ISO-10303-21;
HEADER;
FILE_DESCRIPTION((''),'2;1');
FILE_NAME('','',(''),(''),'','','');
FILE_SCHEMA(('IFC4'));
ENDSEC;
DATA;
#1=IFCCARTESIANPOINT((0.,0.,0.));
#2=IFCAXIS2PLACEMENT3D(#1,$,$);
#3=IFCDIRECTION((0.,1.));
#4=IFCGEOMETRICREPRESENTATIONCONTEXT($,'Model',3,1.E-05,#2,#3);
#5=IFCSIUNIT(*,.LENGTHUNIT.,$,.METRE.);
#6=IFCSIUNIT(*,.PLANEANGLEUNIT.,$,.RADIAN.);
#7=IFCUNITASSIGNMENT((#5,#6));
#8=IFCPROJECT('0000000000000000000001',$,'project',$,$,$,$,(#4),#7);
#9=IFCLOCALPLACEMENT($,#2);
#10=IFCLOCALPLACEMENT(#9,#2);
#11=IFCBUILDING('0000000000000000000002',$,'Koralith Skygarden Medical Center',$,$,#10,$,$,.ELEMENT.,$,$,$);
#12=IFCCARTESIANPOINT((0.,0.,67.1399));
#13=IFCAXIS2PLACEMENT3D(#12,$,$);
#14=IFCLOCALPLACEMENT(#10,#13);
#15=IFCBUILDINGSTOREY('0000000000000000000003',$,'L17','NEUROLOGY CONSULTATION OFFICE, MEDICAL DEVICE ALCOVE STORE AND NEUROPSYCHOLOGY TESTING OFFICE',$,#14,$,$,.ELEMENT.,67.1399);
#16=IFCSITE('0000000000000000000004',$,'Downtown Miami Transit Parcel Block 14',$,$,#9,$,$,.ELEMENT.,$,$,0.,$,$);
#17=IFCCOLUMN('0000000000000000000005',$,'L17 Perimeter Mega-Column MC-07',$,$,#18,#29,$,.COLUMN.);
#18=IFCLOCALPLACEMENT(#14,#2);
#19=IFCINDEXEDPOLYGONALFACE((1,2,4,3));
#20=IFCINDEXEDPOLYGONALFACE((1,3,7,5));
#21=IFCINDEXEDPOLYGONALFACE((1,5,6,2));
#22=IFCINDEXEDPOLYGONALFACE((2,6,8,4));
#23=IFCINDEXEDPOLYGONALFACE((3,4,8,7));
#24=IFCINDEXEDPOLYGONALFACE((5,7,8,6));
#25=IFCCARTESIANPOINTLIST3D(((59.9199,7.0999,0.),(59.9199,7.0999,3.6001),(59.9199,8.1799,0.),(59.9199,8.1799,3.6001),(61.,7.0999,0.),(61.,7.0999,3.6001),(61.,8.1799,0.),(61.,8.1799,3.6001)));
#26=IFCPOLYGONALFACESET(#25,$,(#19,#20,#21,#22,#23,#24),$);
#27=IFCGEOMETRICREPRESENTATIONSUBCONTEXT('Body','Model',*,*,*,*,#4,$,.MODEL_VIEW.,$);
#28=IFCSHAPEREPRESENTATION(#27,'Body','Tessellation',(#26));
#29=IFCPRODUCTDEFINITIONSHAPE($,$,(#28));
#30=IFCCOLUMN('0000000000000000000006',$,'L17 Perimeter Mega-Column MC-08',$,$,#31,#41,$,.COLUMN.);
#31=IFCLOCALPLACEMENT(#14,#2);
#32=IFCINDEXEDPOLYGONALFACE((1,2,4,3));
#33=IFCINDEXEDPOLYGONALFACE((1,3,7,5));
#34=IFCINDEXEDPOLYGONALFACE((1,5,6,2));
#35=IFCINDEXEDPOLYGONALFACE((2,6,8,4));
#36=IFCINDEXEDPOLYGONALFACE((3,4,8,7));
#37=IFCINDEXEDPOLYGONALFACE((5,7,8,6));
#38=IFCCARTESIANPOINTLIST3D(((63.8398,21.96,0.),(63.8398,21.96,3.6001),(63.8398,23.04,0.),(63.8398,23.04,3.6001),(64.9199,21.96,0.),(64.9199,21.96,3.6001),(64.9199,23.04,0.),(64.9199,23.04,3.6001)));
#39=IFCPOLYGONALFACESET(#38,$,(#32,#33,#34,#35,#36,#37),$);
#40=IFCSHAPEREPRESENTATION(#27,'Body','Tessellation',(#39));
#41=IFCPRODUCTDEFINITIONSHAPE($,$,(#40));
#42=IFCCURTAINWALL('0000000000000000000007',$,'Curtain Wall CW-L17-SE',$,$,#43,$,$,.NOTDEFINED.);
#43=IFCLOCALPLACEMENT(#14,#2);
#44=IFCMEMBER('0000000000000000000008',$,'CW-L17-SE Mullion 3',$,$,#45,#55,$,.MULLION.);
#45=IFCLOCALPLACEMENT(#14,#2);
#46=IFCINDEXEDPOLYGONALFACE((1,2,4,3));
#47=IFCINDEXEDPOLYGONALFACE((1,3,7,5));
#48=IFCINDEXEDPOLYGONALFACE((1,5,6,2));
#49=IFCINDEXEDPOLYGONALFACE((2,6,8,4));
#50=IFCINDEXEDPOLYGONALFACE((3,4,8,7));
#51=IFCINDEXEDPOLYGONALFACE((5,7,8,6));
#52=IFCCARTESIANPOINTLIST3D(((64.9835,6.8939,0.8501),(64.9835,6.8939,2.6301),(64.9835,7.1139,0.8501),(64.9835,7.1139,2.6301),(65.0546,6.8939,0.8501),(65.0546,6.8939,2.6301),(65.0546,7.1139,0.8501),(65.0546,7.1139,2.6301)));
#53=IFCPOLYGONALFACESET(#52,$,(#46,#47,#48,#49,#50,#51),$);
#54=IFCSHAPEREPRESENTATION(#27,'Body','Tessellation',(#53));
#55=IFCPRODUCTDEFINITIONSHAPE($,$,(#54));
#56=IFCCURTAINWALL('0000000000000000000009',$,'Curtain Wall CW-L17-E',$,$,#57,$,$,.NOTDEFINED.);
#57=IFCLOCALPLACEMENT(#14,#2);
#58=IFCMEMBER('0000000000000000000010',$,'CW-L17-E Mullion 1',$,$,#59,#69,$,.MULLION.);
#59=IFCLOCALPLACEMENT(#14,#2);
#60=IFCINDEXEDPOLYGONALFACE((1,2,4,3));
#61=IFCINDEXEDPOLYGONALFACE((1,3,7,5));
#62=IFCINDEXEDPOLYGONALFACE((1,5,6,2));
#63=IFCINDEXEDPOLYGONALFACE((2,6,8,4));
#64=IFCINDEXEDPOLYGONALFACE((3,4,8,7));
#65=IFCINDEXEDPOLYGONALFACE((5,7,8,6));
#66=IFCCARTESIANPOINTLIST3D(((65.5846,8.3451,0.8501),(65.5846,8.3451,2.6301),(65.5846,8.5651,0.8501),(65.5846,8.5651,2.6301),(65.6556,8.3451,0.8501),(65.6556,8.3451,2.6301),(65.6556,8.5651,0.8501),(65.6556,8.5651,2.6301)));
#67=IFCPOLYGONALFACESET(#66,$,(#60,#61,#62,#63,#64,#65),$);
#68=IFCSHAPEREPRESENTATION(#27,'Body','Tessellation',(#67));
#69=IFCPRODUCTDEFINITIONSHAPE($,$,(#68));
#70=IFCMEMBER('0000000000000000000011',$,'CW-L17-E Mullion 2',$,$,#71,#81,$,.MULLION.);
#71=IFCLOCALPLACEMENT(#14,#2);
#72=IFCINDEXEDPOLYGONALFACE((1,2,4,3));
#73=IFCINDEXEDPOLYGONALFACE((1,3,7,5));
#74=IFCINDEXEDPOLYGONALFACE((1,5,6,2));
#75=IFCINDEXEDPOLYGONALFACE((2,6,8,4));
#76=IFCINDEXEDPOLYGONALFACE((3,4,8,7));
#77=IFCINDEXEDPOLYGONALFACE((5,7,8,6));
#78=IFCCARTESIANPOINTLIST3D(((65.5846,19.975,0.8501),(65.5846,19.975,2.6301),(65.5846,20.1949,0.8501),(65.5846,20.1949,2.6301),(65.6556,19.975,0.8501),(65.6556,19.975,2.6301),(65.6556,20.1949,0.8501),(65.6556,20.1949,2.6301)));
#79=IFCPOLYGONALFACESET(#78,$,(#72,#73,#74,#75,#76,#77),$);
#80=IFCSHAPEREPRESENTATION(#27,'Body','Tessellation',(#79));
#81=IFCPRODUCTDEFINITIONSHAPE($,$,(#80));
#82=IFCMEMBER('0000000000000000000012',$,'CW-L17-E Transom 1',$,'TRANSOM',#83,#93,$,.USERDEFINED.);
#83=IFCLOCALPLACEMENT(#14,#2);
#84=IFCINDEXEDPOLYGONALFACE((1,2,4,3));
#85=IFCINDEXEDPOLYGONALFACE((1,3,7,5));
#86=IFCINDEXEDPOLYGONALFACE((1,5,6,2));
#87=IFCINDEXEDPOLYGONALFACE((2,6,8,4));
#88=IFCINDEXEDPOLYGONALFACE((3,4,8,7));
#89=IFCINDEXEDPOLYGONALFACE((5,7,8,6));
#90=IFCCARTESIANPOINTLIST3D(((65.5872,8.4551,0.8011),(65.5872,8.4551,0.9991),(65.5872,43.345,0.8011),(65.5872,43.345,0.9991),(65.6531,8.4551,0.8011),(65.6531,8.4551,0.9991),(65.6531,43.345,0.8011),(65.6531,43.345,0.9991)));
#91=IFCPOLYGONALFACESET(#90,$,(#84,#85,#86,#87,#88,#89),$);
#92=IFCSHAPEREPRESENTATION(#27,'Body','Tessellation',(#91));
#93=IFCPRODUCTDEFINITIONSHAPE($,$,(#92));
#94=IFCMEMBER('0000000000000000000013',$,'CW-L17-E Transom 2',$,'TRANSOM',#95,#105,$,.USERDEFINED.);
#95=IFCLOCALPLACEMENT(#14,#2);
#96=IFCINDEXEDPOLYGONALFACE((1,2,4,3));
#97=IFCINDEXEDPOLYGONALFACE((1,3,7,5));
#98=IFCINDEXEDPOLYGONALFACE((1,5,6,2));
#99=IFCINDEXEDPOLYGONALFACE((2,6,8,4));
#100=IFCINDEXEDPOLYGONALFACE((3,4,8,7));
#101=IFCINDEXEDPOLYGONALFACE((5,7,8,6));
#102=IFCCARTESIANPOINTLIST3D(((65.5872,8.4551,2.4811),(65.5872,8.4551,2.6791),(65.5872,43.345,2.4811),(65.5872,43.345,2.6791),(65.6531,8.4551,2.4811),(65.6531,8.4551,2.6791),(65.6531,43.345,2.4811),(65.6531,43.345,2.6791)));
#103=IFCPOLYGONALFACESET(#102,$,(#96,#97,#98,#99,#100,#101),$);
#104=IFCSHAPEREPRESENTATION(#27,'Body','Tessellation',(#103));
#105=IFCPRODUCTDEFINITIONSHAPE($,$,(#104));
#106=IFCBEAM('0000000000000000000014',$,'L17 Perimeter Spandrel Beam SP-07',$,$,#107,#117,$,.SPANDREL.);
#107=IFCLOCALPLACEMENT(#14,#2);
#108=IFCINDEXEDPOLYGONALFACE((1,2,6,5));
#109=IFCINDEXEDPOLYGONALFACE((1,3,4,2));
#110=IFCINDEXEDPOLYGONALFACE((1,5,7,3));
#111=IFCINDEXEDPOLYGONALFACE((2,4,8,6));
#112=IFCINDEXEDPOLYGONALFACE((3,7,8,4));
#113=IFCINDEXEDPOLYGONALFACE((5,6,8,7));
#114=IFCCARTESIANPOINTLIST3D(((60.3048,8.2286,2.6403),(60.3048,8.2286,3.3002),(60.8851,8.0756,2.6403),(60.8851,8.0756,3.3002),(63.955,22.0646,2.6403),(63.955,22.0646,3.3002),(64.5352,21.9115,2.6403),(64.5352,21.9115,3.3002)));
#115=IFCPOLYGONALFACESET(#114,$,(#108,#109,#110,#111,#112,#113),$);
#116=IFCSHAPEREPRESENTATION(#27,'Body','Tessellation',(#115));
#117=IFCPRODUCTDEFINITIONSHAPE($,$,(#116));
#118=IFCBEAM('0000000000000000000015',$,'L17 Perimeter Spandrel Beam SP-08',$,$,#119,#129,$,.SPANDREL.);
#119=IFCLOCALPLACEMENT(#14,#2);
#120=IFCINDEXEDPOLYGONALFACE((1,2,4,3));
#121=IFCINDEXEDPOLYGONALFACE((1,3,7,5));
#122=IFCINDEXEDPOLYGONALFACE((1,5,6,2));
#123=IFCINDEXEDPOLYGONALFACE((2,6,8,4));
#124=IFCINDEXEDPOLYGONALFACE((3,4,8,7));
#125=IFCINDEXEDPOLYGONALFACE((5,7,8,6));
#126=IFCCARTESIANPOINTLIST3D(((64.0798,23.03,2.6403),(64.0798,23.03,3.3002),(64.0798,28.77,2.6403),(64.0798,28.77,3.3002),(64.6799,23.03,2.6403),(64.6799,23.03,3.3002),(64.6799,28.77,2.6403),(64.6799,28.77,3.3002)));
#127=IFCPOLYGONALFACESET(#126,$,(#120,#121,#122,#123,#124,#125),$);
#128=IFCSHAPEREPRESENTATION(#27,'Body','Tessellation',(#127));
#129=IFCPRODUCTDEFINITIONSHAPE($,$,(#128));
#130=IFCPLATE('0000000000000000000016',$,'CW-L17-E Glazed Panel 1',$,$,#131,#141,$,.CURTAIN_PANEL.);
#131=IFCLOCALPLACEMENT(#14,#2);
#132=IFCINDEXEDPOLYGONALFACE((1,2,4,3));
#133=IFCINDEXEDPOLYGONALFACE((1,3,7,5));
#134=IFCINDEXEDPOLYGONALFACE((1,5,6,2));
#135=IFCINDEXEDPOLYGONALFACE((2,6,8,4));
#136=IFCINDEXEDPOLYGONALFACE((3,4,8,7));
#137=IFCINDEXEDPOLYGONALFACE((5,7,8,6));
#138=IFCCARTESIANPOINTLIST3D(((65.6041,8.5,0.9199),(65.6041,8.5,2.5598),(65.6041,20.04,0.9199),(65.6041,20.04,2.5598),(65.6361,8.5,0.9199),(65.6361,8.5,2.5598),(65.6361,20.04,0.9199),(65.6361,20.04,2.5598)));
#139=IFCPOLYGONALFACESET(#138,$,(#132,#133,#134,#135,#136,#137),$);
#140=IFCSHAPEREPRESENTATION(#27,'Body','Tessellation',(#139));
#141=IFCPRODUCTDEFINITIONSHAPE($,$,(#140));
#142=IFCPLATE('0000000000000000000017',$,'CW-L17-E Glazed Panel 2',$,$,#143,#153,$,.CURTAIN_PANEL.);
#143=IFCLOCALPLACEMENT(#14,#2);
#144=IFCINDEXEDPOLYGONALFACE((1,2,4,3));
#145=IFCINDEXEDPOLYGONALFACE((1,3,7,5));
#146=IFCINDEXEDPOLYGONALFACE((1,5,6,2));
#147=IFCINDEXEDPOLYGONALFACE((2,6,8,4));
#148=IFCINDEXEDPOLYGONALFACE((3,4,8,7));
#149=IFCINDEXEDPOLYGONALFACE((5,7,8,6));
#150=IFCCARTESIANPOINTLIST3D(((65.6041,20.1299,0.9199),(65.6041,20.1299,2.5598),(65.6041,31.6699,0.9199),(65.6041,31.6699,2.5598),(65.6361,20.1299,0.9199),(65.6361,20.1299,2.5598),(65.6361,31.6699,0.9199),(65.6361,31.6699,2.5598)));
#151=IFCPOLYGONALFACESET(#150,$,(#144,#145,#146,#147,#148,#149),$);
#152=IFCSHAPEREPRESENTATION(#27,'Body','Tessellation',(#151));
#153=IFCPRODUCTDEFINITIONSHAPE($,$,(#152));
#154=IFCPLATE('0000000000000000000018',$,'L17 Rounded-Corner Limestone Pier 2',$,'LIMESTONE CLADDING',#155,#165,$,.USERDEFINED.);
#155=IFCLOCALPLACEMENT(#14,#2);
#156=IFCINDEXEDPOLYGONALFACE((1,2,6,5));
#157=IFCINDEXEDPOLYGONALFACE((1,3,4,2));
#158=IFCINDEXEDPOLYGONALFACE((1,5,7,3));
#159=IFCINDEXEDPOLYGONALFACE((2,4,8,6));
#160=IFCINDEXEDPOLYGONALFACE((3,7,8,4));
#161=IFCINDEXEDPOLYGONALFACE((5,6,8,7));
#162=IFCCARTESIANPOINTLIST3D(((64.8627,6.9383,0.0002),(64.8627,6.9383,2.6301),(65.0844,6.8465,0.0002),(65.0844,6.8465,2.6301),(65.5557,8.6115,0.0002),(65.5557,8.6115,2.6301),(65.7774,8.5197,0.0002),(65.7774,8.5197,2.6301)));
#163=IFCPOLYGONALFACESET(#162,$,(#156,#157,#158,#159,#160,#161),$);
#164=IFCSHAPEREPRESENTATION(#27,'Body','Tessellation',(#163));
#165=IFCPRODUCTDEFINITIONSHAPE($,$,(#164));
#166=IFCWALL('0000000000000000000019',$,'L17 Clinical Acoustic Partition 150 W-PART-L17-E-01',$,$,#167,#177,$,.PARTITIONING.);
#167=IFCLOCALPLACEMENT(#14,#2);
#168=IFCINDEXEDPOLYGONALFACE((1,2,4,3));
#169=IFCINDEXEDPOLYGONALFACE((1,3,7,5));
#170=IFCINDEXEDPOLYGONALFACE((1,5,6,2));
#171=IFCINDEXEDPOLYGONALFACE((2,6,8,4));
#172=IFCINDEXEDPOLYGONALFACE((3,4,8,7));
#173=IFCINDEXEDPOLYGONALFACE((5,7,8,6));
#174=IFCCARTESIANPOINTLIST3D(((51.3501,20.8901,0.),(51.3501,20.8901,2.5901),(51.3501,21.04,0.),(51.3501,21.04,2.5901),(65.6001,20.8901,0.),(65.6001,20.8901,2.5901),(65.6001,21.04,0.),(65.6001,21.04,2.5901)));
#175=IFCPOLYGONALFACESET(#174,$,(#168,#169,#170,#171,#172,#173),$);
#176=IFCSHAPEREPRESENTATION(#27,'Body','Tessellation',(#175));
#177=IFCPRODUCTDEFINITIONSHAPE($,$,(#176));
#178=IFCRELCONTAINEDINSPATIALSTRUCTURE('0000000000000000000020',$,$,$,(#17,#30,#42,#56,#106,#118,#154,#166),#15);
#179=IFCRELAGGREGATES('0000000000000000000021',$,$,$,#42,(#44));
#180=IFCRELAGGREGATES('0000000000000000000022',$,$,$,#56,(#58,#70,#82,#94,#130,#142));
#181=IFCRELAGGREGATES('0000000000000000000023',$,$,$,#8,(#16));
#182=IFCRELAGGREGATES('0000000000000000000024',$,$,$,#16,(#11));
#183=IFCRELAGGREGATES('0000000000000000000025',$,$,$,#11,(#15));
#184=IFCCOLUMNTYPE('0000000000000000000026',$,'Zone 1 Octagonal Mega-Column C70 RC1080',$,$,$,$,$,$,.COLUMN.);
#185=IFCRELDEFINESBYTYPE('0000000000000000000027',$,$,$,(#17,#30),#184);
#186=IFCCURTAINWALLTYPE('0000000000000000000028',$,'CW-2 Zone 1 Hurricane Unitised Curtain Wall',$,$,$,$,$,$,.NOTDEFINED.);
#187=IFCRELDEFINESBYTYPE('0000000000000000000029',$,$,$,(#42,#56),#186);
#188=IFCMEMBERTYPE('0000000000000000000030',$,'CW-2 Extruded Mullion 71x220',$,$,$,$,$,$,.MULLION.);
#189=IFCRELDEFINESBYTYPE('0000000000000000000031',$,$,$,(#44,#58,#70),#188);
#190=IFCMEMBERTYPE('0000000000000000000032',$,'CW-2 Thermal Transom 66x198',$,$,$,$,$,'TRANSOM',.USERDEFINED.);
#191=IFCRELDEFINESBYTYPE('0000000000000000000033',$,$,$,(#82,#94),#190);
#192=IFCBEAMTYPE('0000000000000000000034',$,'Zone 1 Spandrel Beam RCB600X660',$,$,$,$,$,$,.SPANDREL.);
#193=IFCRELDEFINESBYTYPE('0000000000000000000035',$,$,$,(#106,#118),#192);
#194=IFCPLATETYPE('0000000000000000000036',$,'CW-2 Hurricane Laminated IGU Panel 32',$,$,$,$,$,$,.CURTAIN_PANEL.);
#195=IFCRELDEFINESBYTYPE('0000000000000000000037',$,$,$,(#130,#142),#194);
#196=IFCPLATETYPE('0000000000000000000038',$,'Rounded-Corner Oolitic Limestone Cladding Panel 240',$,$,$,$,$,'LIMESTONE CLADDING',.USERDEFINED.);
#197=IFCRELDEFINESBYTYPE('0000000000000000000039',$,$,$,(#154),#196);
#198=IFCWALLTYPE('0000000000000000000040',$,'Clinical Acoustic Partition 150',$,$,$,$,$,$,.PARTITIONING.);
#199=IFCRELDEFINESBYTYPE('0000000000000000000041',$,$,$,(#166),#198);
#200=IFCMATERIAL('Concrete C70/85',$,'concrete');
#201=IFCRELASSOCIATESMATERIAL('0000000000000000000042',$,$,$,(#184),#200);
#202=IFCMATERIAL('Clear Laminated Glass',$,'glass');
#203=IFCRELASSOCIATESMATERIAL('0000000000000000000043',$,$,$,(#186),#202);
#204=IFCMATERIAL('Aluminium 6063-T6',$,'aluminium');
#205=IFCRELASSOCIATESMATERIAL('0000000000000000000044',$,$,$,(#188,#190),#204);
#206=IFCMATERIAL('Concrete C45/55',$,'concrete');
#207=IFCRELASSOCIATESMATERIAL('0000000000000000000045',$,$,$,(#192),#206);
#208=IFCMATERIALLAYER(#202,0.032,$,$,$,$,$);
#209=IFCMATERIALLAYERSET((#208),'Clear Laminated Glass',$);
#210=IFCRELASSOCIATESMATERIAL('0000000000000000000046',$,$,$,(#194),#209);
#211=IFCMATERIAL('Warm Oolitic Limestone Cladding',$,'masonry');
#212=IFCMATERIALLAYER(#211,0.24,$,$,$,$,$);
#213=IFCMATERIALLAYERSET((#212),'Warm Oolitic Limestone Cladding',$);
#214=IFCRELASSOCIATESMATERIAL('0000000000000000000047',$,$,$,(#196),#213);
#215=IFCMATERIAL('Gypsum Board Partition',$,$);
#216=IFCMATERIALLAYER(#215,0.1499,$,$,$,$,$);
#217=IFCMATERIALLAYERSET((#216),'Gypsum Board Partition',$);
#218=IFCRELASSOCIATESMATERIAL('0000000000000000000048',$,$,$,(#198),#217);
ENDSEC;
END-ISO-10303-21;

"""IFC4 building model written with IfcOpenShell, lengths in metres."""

from ifc_helpers import new_model, si_unit, direction, frame, frame_2d, origin, origin_2d, place, context, subcontext, project, spatial, rectangle, extrude, material, layer, layer_set, material_profile, profile_set, type_object, element, aggregate, save


model = new_model("IFC4")

# Units and contexts
model_context = context("Model", 3, precision=1e-05, world=origin(), true_north=direction((0.0, 1.0)))
body_context = subcontext(model_context, "Body", "Model", "MODEL_VIEW")
ifc_project = project(units=[si_unit("LENGTHUNIT", "METRE"), si_unit("PLANEANGLEUNIT", "RADIAN")], contexts=[model_context])

# Site, building, storey
site_placement = place(None, origin())
site = spatial("IfcSite", under=ifc_project, at=site_placement, Name="Downtown Miami Transit Parcel Block 14", CompositionType="ELEMENT", RefElevation=0.0)
building_placement = place(site_placement, origin())
building = spatial("IfcBuilding", under=site, at=building_placement, Name="Koralith Skygarden Medical Center", CompositionType="ELEMENT")
storey_placement = place(building_placement, frame((0.0, 0.0, 67.1399)))
storey = spatial("IfcBuildingStorey", under=building, at=storey_placement, Name="L17", Description="NEUROLOGY CONSULTATION OFFICE, MEDICAL DEVICE ALCOVE STORE AND NEUROPSYCHOLOGY TESTING OFFICE", CompositionType="ELEMENT", Elevation=67.1399)

# Columns
ifc_material_1 = material(Name="Concrete C70/85", Category="concrete")
ifc_material_profile_1 = material_profile(ifc_material_1, rectangle(XDim=1.0801, YDim=1.0801, at=origin_2d()), Name="RC1080X1080")
ifc_profile_set_1 = profile_set([ifc_material_profile_1], Name="Concrete C70/85")
column_type = type_object("IfcColumnType", Name="Zone 1 Octagonal Mega-Column C70 RC1080", PredefinedType="COLUMN", material=ifc_profile_set_1)
for number, where, z_axis, x_axis, name in (
    (1, (60.46, 7.6399, 0.0), (0.0, 0.0, 1.0), (1.0, 0.0, 0.0), "L17 Perimeter Mega-Column MC-07"),
    (2, (64.3799, 22.5, 0.0), (0.0, 0.0, 1.0), (1.0, 0.0, 0.0), "L17 Perimeter Mega-Column MC-08"),
):
    element("IfcColumn", number, at=place(storey_placement, frame(where, z_axis=z_axis, x_axis=x_axis)), inside=storey, type_object=column_type, Name=name, PredefinedType="COLUMN", context=body_context, shape_type="SweptSolid", body=[
        extrude(rectangle(XDim=1.0801, YDim=1.0801, at=origin_2d()), origin(), (0.0, 0.0, 1.0), 3.6001),
    ])

# Curtain wall, member
ifc_material_2 = material(Name="Clear Laminated Glass", Category="glass")
curtain_wall_type = type_object("IfcCurtainWallType", Name="CW-2 Zone 1 Hurricane Unitised Curtain Wall", PredefinedType="NOTDEFINED", material=ifc_material_2)
curtain_wall_1_placement = place(storey_placement, origin())
curtain_wall_1 = element("IfcCurtainWall", 3, at=curtain_wall_1_placement, inside=storey, type_object=curtain_wall_type, Name="Curtain Wall CW-L17-SE", PredefinedType="NOTDEFINED")
ifc_material_3 = material(Name="Aluminium 6063-T6", Category="aluminium")
ifc_material_profile_2 = material_profile(ifc_material_3, rectangle(XDim=0.071, YDim=0.22, at=origin_2d()), Name="MUL71X220")
ifc_profile_set_2 = profile_set([ifc_material_profile_2], Name="Aluminium 6063-T6")
member_type_1 = type_object("IfcMemberType", Name="CW-2 Extruded Mullion 71x220", PredefinedType="MULLION", material=ifc_profile_set_2)
member_1_placement = place(storey_placement, frame((65.019, 7.0039, 0.8501), z_axis=(0.0, 0.0, 1.0), x_axis=(1.0, 0.0, 0.0)))
member_1 = element("IfcMember", 4, at=member_1_placement, type_object=member_type_1, Name="CW-L17-SE Mullion 3", PredefinedType="MULLION", context=body_context, shape_type="SweptSolid", body=[
    extrude(rectangle(XDim=0.071, YDim=0.22, at=origin_2d()), origin(), (0.0, 0.0, 1.0), 1.78),
])
aggregate(curtain_wall_1, [member_1])

# Curtain wall, members
curtain_wall_2_placement = place(storey_placement, origin())
curtain_wall_2 = element("IfcCurtainWall", 5, at=curtain_wall_2_placement, inside=storey, type_object=curtain_wall_type, Name="Curtain Wall CW-L17-E", PredefinedType="NOTDEFINED")
member_2_placement = place(storey_placement, frame((65.6201, 8.4551, 0.8501), z_axis=(0.0, 0.0, 1.0), x_axis=(1.0, 0.0, 0.0)))
member_2 = element("IfcMember", 6, at=member_2_placement, type_object=member_type_1, Name="CW-L17-E Mullion 1", PredefinedType="MULLION", context=body_context, shape_type="SweptSolid", body=[
    extrude(rectangle(XDim=0.071, YDim=0.22, at=origin_2d()), origin(), (0.0, 0.0, 1.0), 1.78),
])
member_3_placement = place(storey_placement, frame((65.6201, 20.085, 0.8501), z_axis=(0.0, 0.0, 1.0), x_axis=(1.0, 0.0, 0.0)))
member_3 = element("IfcMember", 7, at=member_3_placement, type_object=member_type_1, Name="CW-L17-E Mullion 2", PredefinedType="MULLION", context=body_context, shape_type="SweptSolid", body=[
    extrude(rectangle(XDim=0.071, YDim=0.22, at=origin_2d()), origin(), (0.0, 0.0, 1.0), 1.78),
])
ifc_material_profile_3 = material_profile(ifc_material_3, rectangle(XDim=0.0659, YDim=0.198, at=origin_2d()), Name="TRN66X198")
ifc_profile_set_3 = profile_set([ifc_material_profile_3], Name="Aluminium 6063-T6")
member_type_2 = type_object("IfcMemberType", Name="CW-2 Thermal Transom 66x198", ElementType="TRANSOM", PredefinedType="USERDEFINED", material=ifc_profile_set_3)
member_4_placement = place(storey_placement, frame((65.6201, 8.4551, 0.9001), z_axis=(0.0, 1.0, 0.0), x_axis=(-1.0, 0.0, 0.0)))
member_4 = element("IfcMember", 8, at=member_4_placement, type_object=member_type_2, Name="CW-L17-E Transom 1", ObjectType="TRANSOM", PredefinedType="USERDEFINED", context=body_context, shape_type="SweptSolid", body=[
    extrude(rectangle(XDim=0.0659, YDim=0.198, at=origin_2d()), origin(), (0.0, 0.0, 1.0), 34.8899),
])
member_5_placement = place(storey_placement, frame((65.6201, 8.4551, 2.5801), z_axis=(0.0, 1.0, 0.0), x_axis=(-1.0, 0.0, 0.0)))
member_5 = element("IfcMember", 9, at=member_5_placement, type_object=member_type_2, Name="CW-L17-E Transom 2", ObjectType="TRANSOM", PredefinedType="USERDEFINED", context=body_context, shape_type="SweptSolid", body=[
    extrude(rectangle(XDim=0.0659, YDim=0.198, at=origin_2d()), origin(), (0.0, 0.0, 1.0), 34.8899),
])

# Beams
ifc_material_4 = material(Name="Concrete C45/55", Category="concrete")
ifc_material_profile_4 = material_profile(ifc_material_4, rectangle(XDim=0.6001, YDim=0.6599, at=origin_2d()), Name="RCB600X660")
ifc_profile_set_4 = profile_set([ifc_material_profile_4], Name="Concrete C45/55")
beam_type = type_object("IfcBeamType", Name="Zone 1 Spandrel Beam RCB600X660", PredefinedType="SPANDREL", material=ifc_profile_set_4)
beam_1_placement = place(storey_placement, frame((60.595, 8.1521, 2.9702), z_axis=(0.255089, 0.966918, 0.0), x_axis=(-0.966918, 0.255089, 0.0)))
element("IfcBeam", 10, at=beam_1_placement, inside=storey, type_object=beam_type, Name="L17 Perimeter Spandrel Beam SP-07", PredefinedType="SPANDREL", context=body_context, shape_type="SweptSolid", body=[
    extrude(rectangle(XDim=0.6001, YDim=0.6599, at=origin_2d()), origin(), (0.0, 0.0, 1.0), 14.3093),
])
beam_2_placement = place(storey_placement, frame((64.3799, 23.03, 2.9702), z_axis=(0.0, 1.0, 0.0), x_axis=(-1.0, 0.0, 0.0)))
element("IfcBeam", 11, at=beam_2_placement, inside=storey, type_object=beam_type, Name="L17 Perimeter Spandrel Beam SP-08", PredefinedType="SPANDREL", context=body_context, shape_type="SweptSolid", body=[
    extrude(rectangle(XDim=0.6001, YDim=0.6599, at=origin_2d()), origin(), (0.0, 0.0, 1.0), 5.74),
])

# Plates
ifc_layer_1 = layer(ifc_material_2, 0.032)
ifc_layer_set_1 = layer_set([ifc_layer_1], Name="Clear Laminated Glass")
plate_type_1 = type_object("IfcPlateType", Name="CW-2 Hurricane Laminated IGU Panel 32", PredefinedType="CURTAIN_PANEL", material=ifc_layer_set_1)
plate_1_placement = place(storey_placement, frame((65.6201, 14.27, 0.9199), z_axis=(0.0, 0.0, 1.0), x_axis=(0.0, 1.0, 0.0)))
plate_1 = element("IfcPlate", 12, at=plate_1_placement, type_object=plate_type_1, Name="CW-L17-E Glazed Panel 1", PredefinedType="CURTAIN_PANEL", context=body_context, shape_type="SweptSolid", body=[
    extrude(rectangle(XDim=11.54, YDim=0.032, at=origin_2d()), origin(), (0.0, 0.0, 1.0), 1.6399),
])
plate_2_placement = place(storey_placement, frame((65.6201, 25.8999, 0.9199), z_axis=(0.0, 0.0, 1.0), x_axis=(0.0, 1.0, 0.0)))
plate_2 = element("IfcPlate", 13, at=plate_2_placement, type_object=plate_type_1, Name="CW-L17-E Glazed Panel 2", PredefinedType="CURTAIN_PANEL", context=body_context, shape_type="SweptSolid", body=[
    extrude(rectangle(XDim=11.54, YDim=0.032, at=origin_2d()), origin(), (0.0, 0.0, 1.0), 1.6399),
])
aggregate(curtain_wall_2, [member_2, member_3, member_4, member_5, plate_1, plate_2])
ifc_material_5 = material(Name="Warm Oolitic Limestone Cladding", Category="masonry")
ifc_layer_2 = layer(ifc_material_5, 0.24)
ifc_layer_set_2 = layer_set([ifc_layer_2], Name="Warm Oolitic Limestone Cladding")
plate_type_2 = type_object("IfcPlateType", Name="Rounded-Corner Oolitic Limestone Cladding Panel 240", ElementType="LIMESTONE CLADDING", PredefinedType="USERDEFINED", material=ifc_layer_set_2)
plate_3_placement = place(storey_placement, frame((65.3201, 7.729, 0.0002), z_axis=(0.0, 0.0, 1.0), x_axis=(0.382671, 0.923885, 0.0)))
element("IfcPlate", 14, at=plate_3_placement, inside=storey, type_object=plate_type_2, Name="L17 Rounded-Corner Limestone Pier 2", ObjectType="LIMESTONE CLADDING", PredefinedType="USERDEFINED", context=body_context, shape_type="SweptSolid", body=[
    extrude(rectangle(XDim=1.811, YDim=0.24, at=origin_2d()), origin(), (0.0, 0.0, 1.0), 2.6299),
])

# Wall
ifc_material_6 = material(Name="Gypsum Board Partition")
ifc_layer_3 = layer(ifc_material_6, 0.1499)
ifc_layer_set_3 = layer_set([ifc_layer_3], Name="Gypsum Board Partition")
wall_type_1 = type_object("IfcWallType", Name="Clinical Acoustic Partition 150", PredefinedType="PARTITIONING", material=ifc_layer_set_3)
wall_1_placement = place(storey_placement, frame((51.3501, 20.9651, 0.0), z_axis=(0.0, 0.0, 1.0), x_axis=(1.0, 0.0, 0.0)))
element("IfcWall", 15, at=wall_1_placement, inside=storey, type_object=wall_type_1, Name="L17 Clinical Acoustic Partition 150 W-PART-L17-E-01", PredefinedType="PARTITIONING", context=body_context, shape_type="SweptSolid", body=[
    extrude(rectangle(XDim=14.25, YDim=0.1499, at=frame_2d((7.125, 0.0))), origin(), (0.0, 0.0, 1.0), 2.5901),
])

save(model, "model.ifc")
